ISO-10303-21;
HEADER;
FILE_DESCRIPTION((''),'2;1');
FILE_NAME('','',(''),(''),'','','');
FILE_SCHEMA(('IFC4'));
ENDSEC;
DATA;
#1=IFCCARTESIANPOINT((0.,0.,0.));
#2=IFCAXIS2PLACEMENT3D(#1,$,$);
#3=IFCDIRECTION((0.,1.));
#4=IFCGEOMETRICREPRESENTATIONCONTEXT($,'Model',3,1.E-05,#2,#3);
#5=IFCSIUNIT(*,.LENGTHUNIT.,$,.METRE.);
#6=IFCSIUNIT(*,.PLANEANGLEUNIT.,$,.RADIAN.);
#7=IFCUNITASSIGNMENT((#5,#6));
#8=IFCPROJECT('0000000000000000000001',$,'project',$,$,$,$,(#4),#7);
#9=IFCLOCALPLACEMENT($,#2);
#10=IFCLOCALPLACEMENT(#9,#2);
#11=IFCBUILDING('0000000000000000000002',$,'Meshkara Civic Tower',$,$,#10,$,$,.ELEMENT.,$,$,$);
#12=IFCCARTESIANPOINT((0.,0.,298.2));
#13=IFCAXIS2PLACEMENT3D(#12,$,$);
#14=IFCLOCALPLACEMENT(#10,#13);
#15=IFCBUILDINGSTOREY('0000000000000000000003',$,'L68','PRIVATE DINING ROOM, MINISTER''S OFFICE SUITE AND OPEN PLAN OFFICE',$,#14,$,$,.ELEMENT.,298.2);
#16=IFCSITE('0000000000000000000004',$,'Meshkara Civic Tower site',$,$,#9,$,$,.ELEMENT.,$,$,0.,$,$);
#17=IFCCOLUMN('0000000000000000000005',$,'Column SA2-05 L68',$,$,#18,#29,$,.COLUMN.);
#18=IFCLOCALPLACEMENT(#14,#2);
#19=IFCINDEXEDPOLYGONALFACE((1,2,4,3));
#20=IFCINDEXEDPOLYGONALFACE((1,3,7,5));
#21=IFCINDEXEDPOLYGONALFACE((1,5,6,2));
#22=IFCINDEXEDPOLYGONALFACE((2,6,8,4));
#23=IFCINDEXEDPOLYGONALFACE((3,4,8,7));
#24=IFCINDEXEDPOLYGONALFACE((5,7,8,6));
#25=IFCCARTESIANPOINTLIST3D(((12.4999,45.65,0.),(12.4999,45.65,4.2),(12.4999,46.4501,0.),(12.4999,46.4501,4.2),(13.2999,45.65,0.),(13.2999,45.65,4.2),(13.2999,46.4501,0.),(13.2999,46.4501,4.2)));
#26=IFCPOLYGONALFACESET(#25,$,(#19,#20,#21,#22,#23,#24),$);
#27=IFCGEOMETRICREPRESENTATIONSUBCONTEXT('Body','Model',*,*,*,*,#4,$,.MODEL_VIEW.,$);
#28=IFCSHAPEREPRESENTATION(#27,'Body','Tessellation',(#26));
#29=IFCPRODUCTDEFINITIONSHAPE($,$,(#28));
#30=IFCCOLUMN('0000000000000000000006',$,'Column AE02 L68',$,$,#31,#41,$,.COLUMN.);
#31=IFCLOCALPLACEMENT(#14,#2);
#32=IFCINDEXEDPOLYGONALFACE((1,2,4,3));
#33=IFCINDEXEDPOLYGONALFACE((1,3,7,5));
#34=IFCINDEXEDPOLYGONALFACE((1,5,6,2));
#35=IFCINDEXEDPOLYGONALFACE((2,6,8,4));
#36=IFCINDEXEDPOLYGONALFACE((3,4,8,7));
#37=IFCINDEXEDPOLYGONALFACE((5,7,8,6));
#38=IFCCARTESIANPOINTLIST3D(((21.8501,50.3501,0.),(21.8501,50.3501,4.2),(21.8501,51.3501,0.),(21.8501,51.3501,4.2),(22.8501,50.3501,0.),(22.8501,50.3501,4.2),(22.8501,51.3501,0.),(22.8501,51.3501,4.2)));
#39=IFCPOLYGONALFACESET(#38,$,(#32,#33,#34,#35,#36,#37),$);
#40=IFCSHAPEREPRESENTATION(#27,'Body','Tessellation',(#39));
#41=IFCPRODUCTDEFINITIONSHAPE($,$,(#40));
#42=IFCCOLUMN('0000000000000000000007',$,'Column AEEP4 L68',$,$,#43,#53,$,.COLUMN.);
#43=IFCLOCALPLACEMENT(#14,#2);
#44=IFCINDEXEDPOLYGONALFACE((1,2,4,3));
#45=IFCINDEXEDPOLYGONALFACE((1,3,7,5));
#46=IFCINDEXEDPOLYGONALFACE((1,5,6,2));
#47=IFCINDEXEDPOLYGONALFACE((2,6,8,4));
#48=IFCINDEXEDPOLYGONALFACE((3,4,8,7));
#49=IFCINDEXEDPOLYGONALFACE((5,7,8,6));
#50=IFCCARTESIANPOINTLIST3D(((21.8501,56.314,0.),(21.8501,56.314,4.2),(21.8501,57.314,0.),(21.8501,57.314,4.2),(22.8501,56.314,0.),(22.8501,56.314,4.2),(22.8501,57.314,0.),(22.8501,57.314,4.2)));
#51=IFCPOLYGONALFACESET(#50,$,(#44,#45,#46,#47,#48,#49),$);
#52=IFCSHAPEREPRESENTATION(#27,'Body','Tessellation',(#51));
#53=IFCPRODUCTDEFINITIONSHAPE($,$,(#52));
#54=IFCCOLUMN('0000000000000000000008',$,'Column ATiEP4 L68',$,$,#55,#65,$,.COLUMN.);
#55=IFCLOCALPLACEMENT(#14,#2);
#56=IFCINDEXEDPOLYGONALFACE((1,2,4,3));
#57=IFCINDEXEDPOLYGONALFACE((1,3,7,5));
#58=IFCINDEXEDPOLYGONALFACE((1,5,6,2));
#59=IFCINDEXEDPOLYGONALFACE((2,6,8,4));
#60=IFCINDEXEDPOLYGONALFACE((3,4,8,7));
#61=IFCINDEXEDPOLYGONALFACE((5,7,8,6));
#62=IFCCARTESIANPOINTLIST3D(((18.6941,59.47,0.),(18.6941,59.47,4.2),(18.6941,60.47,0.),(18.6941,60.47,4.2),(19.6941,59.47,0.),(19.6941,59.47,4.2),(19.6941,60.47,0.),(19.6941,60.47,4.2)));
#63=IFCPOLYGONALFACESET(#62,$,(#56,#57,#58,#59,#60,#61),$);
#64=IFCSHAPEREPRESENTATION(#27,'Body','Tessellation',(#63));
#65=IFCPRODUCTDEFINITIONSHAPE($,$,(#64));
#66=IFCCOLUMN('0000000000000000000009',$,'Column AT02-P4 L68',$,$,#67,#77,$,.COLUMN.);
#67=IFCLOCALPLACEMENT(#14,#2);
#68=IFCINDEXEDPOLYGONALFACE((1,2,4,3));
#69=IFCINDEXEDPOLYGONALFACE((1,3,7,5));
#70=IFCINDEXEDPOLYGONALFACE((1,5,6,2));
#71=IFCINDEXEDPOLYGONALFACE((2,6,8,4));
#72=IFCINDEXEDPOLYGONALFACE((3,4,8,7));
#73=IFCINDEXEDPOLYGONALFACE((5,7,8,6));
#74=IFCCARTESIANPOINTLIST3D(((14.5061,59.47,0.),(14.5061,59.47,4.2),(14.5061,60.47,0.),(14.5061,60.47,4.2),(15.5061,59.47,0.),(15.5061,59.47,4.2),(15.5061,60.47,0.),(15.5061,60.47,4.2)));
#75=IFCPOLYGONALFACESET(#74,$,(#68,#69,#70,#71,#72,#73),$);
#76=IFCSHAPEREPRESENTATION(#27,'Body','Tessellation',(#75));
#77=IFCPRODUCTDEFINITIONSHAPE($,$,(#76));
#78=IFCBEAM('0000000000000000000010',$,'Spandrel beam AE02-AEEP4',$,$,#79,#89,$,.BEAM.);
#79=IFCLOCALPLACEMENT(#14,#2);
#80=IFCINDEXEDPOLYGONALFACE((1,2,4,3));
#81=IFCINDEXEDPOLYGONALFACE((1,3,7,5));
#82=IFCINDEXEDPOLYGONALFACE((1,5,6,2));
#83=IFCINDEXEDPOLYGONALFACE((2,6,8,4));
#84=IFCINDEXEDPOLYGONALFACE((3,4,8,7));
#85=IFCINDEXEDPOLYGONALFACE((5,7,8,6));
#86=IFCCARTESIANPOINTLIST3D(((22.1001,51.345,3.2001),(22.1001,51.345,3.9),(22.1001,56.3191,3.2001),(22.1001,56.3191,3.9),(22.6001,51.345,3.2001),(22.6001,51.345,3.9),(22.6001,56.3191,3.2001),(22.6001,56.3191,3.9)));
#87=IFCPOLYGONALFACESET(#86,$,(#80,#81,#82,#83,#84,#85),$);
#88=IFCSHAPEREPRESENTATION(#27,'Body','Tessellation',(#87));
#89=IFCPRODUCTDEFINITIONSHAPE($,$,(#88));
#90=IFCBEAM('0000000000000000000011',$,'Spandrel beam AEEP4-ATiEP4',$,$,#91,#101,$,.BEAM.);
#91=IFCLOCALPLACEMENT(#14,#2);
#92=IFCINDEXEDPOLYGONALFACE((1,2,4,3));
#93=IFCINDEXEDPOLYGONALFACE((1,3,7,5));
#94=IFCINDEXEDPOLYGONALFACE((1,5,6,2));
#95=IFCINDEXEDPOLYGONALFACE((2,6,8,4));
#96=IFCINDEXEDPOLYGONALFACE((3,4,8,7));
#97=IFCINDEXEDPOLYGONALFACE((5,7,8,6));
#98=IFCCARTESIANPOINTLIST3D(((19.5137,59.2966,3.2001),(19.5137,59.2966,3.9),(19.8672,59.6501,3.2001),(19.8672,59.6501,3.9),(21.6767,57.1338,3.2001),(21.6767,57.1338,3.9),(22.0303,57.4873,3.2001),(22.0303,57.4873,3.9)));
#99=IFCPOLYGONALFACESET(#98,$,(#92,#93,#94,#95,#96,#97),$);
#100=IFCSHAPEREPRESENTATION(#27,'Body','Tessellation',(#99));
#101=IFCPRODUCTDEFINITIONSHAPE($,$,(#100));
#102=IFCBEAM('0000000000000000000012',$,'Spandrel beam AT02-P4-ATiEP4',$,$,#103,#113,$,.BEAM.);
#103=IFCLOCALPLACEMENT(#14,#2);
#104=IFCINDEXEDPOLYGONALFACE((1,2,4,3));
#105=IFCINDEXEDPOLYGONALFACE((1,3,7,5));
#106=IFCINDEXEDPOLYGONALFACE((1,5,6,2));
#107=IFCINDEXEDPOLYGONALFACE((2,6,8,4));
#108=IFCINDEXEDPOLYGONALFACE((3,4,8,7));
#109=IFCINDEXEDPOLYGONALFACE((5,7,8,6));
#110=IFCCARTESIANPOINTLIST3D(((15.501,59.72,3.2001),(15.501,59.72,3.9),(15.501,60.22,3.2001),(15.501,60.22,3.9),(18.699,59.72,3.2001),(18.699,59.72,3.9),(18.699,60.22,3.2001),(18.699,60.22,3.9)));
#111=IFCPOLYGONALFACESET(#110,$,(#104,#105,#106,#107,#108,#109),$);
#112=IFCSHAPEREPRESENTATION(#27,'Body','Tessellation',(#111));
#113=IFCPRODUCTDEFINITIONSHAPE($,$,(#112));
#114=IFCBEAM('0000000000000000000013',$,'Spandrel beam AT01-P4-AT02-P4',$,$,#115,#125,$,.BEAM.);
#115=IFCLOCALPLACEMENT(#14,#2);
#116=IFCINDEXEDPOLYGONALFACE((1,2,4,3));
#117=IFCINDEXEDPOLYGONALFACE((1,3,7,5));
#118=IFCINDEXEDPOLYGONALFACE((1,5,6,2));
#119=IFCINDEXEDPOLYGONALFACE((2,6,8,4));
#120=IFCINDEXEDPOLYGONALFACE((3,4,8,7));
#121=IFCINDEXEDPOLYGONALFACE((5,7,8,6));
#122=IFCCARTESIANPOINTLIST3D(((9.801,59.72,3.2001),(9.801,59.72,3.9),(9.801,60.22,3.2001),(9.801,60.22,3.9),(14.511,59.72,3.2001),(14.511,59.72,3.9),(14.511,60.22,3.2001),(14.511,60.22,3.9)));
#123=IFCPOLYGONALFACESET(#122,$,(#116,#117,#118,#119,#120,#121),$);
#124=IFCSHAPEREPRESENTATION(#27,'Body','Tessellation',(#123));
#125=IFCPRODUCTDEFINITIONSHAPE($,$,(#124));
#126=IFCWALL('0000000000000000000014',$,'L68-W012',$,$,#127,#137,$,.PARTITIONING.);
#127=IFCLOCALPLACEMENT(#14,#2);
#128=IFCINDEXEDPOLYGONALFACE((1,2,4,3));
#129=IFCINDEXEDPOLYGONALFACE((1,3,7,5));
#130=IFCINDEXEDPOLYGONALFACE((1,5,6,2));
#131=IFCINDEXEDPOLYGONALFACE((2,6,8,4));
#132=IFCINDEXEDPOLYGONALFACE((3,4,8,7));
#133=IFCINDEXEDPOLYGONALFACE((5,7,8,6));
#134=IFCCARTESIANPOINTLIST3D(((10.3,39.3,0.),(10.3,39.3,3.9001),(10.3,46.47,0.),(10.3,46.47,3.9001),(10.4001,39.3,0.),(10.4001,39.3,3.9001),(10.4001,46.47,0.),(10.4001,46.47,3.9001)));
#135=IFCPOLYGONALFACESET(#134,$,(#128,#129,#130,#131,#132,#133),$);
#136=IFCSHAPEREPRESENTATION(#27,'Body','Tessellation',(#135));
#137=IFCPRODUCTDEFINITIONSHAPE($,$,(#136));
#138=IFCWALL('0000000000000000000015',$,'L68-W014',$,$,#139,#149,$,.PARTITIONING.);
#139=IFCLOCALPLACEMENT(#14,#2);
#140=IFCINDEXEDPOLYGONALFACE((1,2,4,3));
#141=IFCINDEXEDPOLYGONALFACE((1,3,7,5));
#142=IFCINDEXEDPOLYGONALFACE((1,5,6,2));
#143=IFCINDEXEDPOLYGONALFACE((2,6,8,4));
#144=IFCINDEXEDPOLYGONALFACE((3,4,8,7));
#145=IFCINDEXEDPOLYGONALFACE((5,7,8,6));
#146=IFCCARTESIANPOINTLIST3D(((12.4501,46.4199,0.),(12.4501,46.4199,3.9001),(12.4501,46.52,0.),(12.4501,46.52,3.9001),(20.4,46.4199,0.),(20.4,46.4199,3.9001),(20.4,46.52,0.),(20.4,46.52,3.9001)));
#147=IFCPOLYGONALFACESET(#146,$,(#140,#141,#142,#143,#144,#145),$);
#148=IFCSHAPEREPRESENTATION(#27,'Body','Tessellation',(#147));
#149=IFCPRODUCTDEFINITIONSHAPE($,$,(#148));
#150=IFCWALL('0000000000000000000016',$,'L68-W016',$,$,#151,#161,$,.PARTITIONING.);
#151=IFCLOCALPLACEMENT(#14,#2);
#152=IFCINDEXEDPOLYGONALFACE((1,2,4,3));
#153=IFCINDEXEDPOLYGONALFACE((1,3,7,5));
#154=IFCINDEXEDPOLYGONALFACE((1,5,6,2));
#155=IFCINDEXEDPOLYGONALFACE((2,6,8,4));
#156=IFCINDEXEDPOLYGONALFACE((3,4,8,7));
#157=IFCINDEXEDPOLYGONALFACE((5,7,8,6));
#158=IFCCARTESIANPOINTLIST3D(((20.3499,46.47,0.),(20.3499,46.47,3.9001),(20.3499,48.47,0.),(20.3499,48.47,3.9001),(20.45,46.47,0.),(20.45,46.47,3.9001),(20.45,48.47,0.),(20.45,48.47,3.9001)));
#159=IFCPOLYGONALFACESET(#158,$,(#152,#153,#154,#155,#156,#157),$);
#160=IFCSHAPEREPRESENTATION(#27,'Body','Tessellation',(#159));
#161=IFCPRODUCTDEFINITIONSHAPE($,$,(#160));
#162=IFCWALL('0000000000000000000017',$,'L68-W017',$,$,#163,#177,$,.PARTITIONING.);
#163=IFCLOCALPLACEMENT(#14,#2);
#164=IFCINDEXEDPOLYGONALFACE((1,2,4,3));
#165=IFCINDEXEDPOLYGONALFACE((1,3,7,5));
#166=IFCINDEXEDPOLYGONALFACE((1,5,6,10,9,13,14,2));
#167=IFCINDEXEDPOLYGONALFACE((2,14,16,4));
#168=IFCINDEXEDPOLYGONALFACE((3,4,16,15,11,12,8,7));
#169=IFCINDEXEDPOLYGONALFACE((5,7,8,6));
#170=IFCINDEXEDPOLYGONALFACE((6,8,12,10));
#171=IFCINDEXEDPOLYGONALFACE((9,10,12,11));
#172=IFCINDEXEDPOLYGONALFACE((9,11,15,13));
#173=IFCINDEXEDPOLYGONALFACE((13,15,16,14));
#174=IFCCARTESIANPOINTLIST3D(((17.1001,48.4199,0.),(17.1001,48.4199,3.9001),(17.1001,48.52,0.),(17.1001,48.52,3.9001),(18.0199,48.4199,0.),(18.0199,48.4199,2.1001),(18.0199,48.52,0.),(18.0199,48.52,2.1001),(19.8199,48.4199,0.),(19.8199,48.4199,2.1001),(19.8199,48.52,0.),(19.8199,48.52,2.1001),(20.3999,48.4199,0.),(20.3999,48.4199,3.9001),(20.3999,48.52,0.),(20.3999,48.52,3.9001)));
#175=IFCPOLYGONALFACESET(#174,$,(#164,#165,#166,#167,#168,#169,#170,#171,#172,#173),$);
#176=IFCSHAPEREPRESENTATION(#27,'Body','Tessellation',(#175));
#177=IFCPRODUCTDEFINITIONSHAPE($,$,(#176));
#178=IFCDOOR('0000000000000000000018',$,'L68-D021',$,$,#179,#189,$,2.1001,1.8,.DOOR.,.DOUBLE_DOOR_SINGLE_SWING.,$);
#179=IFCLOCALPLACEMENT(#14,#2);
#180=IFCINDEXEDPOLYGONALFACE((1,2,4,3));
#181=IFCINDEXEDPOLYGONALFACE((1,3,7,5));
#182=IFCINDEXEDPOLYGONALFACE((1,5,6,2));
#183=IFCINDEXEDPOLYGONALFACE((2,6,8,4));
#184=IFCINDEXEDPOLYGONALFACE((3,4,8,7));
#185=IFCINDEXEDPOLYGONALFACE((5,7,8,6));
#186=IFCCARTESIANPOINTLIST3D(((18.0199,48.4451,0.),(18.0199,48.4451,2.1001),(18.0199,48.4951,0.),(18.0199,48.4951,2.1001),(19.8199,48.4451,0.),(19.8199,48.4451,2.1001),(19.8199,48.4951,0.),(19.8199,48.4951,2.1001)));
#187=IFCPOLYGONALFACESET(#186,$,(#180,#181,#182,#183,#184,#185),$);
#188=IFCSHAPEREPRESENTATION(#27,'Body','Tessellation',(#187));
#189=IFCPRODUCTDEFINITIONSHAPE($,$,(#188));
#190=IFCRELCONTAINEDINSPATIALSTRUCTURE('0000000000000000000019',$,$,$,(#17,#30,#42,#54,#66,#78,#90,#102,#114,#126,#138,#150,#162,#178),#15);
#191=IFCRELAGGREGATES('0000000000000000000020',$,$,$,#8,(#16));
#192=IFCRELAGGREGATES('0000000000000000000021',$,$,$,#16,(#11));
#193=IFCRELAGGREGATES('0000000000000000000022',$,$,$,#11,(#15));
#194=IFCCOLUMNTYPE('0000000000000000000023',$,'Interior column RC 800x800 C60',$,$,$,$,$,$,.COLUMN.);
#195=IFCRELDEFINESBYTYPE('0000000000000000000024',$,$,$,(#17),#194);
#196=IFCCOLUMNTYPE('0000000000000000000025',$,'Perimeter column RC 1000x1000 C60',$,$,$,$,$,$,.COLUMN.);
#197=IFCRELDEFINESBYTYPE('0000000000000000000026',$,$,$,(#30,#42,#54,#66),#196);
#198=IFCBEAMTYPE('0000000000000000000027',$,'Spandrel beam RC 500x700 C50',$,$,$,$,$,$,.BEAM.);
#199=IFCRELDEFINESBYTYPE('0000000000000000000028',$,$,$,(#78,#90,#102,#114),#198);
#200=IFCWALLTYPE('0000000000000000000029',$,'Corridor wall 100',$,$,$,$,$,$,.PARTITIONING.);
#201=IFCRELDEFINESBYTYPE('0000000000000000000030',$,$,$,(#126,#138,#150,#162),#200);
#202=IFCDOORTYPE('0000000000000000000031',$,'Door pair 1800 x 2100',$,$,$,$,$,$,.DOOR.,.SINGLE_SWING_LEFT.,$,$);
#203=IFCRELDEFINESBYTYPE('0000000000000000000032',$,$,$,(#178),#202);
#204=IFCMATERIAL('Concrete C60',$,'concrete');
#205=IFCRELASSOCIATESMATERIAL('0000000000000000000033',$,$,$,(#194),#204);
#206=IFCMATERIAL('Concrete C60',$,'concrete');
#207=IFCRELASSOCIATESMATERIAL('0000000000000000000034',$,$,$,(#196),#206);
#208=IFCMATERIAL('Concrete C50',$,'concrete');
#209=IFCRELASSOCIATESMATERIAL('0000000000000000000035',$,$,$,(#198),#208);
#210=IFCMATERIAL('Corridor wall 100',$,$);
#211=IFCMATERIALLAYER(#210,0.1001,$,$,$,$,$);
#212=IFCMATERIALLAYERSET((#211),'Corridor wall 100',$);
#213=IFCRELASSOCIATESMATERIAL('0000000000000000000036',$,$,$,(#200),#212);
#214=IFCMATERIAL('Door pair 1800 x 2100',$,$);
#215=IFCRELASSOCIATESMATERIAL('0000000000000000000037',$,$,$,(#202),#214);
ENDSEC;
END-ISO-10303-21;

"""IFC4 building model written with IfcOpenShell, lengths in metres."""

from ifc_helpers import new_model, si_unit, direction, frame, frame_2d, origin, origin_2d, place, context, subcontext, project, spatial, rectangle, extrude, material, layer, layer_set, material_profile, profile_set, type_object, element, fill, save


model = new_model("IFC4")

# Units and contexts
model_context = context("Model", 3, precision=1e-05, world=origin(), true_north=direction((0.0, 1.0)))
body_context = subcontext(model_context, "Body", "Model", "MODEL_VIEW")
ifc_project = project(units=[si_unit("LENGTHUNIT", "METRE"), si_unit("PLANEANGLEUNIT", "RADIAN")], contexts=[model_context])

# Site, building, storey
site_placement = place(None, origin())
site = spatial("IfcSite", under=ifc_project, at=site_placement, Name="Meshkara Civic Tower site", CompositionType="ELEMENT", RefElevation=0.0)
building_placement = place(site_placement, origin())
building = spatial("IfcBuilding", under=site, at=building_placement, Name="Meshkara Civic Tower", CompositionType="ELEMENT")
storey_placement = place(building_placement, frame((0.0, 0.0, 298.2)))
storey = spatial("IfcBuildingStorey", under=building, at=storey_placement, Name="L68", Description="PRIVATE DINING ROOM, MINISTER'S OFFICE SUITE AND OPEN PLAN OFFICE", CompositionType="ELEMENT", Elevation=298.2)

# Columns
ifc_material_1 = material(Name="Concrete C60", Category="concrete")
ifc_material_profile_1 = material_profile(ifc_material_1, rectangle(XDim=0.8, YDim=0.8, at=origin_2d()))
ifc_profile_set_1 = profile_set([ifc_material_profile_1], Name="Concrete C60")
column_type_1 = type_object("IfcColumnType", Name="Interior column RC 800x800 C60", PredefinedType="COLUMN", material=ifc_profile_set_1)
column_placement = place(storey_placement, frame((12.8999, 46.05, 0.0), z_axis=(0.0, 0.0, 1.0), x_axis=(1.0, 0.0, 0.0)))
element("IfcColumn", 1, at=column_placement, inside=storey, type_object=column_type_1, Name="Column SA2-05 L68", PredefinedType="COLUMN", context=body_context, shape_type="SweptSolid", body=[
    extrude(rectangle(XDim=0.8, YDim=0.8, at=origin_2d()), origin(), (0.0, 0.0, 1.0), 4.2),
])
ifc_material_2 = material(Name="Concrete C60", Category="concrete")
ifc_material_profile_2 = material_profile(ifc_material_2, rectangle(XDim=1.0, YDim=1.0, at=origin_2d()))
ifc_profile_set_2 = profile_set([ifc_material_profile_2], Name="Concrete C60")
column_type_2 = type_object("IfcColumnType", Name="Perimeter column RC 1000x1000 C60", PredefinedType="COLUMN", material=ifc_profile_set_2)
for number, where, z_axis, x_axis, name in (
    (2, (22.3501, 50.8501, 0.0), (0.0, 0.0, 1.0), (1.0, 0.0, 0.0), "Column AE02 L68"),
    (3, (22.3501, 56.814, 0.0), (0.0, 0.0, 1.0), (1.0, 0.0, 0.0), "Column AEEP4 L68"),
    (4, (19.1941, 59.97, 0.0), (0.0, 0.0, 1.0), (1.0, 0.0, 0.0), "Column ATiEP4 L68"),
    (5, (15.0061, 59.97, 0.0), (0.0, 0.0, 1.0), (1.0, 0.0, 0.0), "Column AT02-P4 L68"),
):
    element("IfcColumn", number, at=place(storey_placement, frame(where, z_axis=z_axis, x_axis=x_axis)), inside=storey, type_object=column_type_2, Name=name, PredefinedType="COLUMN", context=body_context, shape_type="SweptSolid", body=[
        extrude(rectangle(XDim=1.0, YDim=1.0, at=origin_2d()), origin(), (0.0, 0.0, 1.0), 4.2),
    ])

# Beams
ifc_material_3 = material(Name="Concrete C50", Category="concrete")
ifc_material_profile_3 = material_profile(ifc_material_3, rectangle(XDim=0.5, YDim=0.7, at=origin_2d()))
ifc_profile_set_3 = profile_set([ifc_material_profile_3], Name="Concrete C50")
beam_type = type_object("IfcBeamType", Name="Spandrel beam RC 500x700 C50", PredefinedType="BEAM", material=ifc_profile_set_3)
beam_1_placement = place(storey_placement, frame((22.3501, 51.345, 3.55), z_axis=(0.0, 1.0, 0.0), x_axis=(-1.0, 0.0, 0.0)))
element("IfcBeam", 6, at=beam_1_placement, inside=storey, type_object=beam_type, Name="Spandrel beam AE02-AEEP4", PredefinedType="BEAM", context=body_context, shape_type="SweptSolid", body=[
    extrude(rectangle(XDim=0.5, YDim=0.7, at=origin_2d()), origin(), (0.0, 0.0, 1.0), 4.9741),
])
beam_2_placement = place(storey_placement, frame((21.8535, 57.3105, 3.55), z_axis=(-0.707147, 0.707067, 0.0), x_axis=(-0.707067, -0.707147, 0.0)))
element("IfcBeam", 7, at=beam_2_placement, inside=storey, type_object=beam_type, Name="Spandrel beam AEEP4-ATiEP4", PredefinedType="BEAM", context=body_context, shape_type="SweptSolid", body=[
    extrude(rectangle(XDim=0.5, YDim=0.7, at=origin_2d()), origin(), (0.0, 0.0, 1.0), 3.0588),
])
beam_3_placement = place(storey_placement, frame((18.699, 59.97, 3.55), z_axis=(-1.0, 0.0, 0.0), x_axis=(0.0, -1.0, 0.0)))
element("IfcBeam", 8, at=beam_3_placement, inside=storey, type_object=beam_type, Name="Spandrel beam AT02-P4-ATiEP4", PredefinedType="BEAM", context=body_context, shape_type="SweptSolid", body=[
    extrude(rectangle(XDim=0.5, YDim=0.7, at=origin_2d()), origin(), (0.0, 0.0, 1.0), 3.198),
])
beam_4_placement = place(storey_placement, frame((14.511, 59.97, 3.55), z_axis=(-1.0, 0.0, 0.0), x_axis=(0.0, -1.0, 0.0)))
element("IfcBeam", 9, at=beam_4_placement, inside=storey, type_object=beam_type, Name="Spandrel beam AT01-P4-AT02-P4", PredefinedType="BEAM", context=body_context, shape_type="SweptSolid", body=[
    extrude(rectangle(XDim=0.5, YDim=0.7, at=origin_2d()), origin(), (0.0, 0.0, 1.0), 4.71),
])

# Walls
ifc_material_4 = material(Name="Corridor wall 100")
ifc_layer_1 = layer(ifc_material_4, 0.1001)
ifc_layer_set_1 = layer_set([ifc_layer_1], Name="Corridor wall 100")
wall_type_1 = type_object("IfcWallType", Name="Corridor wall 100", PredefinedType="PARTITIONING", material=ifc_layer_set_1)
wall_1_placement = place(storey_placement, frame((10.3501, 46.47, 0.0), z_axis=(0.0, 0.0, 1.0), x_axis=(0.0, -1.0, 0.0)))
element("IfcWall", 10, at=wall_1_placement, inside=storey, type_object=wall_type_1, Name="L68-W012", PredefinedType="PARTITIONING", context=body_context, shape_type="SweptSolid", body=[
    extrude(rectangle(XDim=7.1699, YDim=0.1001, at=frame_2d((3.585, 0.0))), origin(), (0.0, 0.0, 1.0), 3.9001),
])
wall_2_placement = place(storey_placement, frame((12.45, 46.47, 0.0), z_axis=(0.0, 0.0, 1.0), x_axis=(1.0, 0.0, 0.0)))
element("IfcWall", 11, at=wall_2_placement, inside=storey, type_object=wall_type_1, Name="L68-W014", PredefinedType="PARTITIONING", context=body_context, shape_type="SweptSolid", body=[
    extrude(rectangle(XDim=7.95, YDim=0.1001, at=frame_2d((3.9751, 0.0))), origin(), (0.0, 0.0, 1.0), 3.9001),
])
wall_3_placement = place(storey_placement, frame((20.3999, 46.47, 0.0), z_axis=(0.0, 0.0, 1.0), x_axis=(0.0, 1.0, 0.0)))
element("IfcWall", 12, at=wall_3_placement, inside=storey, type_object=wall_type_1, Name="L68-W016", PredefinedType="PARTITIONING", context=body_context, shape_type="SweptSolid", body=[
    extrude(rectangle(XDim=2.0, YDim=0.1001, at=frame_2d((1.0, 0.0))), origin(), (0.0, 0.0, 1.0), 3.9001),
])

# Wall, opening, door
wall_4_placement = place(storey_placement, frame((20.3999, 48.47, 0.0), z_axis=(0.0, 0.0, 1.0), x_axis=(-1.0, 0.0, 0.0)))
wall_4 = element("IfcWall", 13, at=wall_4_placement, inside=storey, type_object=wall_type_1, Name="L68-W017", PredefinedType="PARTITIONING", context=body_context, shape_type="SweptSolid", body=[
    extrude(rectangle(XDim=3.2998, YDim=0.1001, at=frame_2d((1.6499, 0.0))), origin(), (0.0, 0.0, 1.0), 3.9001),
])
opening_1_placement = place(wall_4_placement, frame((0.5801, 0.0, 0.0)))
opening_1 = element("IfcOpeningElement", 14, at=opening_1_placement, cuts=wall_4, PredefinedType="OPENING", context=body_context, shape_type="SweptSolid", body=[
    extrude(rectangle(XDim=1.8, YDim=2.1001, at=frame_2d((0.8999, 1.05))), frame((0.0, 0.0601, 0.0), z_axis=(0.0, -1.0, 0.0), x_axis=(1.0, 0.0, 0.0)), (0.0, 0.0, 1.0), 0.1201),
])
ifc_material_5 = material(Name="Door pair 1800 x 2100")
door_type = type_object("IfcDoorType", Name="Door pair 1800 x 2100", OperationType="SINGLE_SWING_LEFT", PredefinedType="DOOR", material=ifc_material_5)
door_placement = place(opening_1_placement, origin())
door = element("IfcDoor", 15, at=door_placement, inside=storey, type_object=door_type, Name="L68-D021", OperationType="DOUBLE_DOOR_SINGLE_SWING", OverallHeight=2.1001, OverallWidth=1.8, PredefinedType="DOOR", context=body_context, shape_type="SweptSolid", body=[
    extrude(rectangle(XDim=1.8, YDim=2.1001, at=frame_2d((0.8999, 1.05))), frame((0.0, 0.0249, 0.0), z_axis=(0.0, -1.0, 0.0), x_axis=(1.0, 0.0, 0.0)), (0.0, 0.0, 1.0), 0.05),
])
fill(opening_1, door)

save(model, "model.ifc")
